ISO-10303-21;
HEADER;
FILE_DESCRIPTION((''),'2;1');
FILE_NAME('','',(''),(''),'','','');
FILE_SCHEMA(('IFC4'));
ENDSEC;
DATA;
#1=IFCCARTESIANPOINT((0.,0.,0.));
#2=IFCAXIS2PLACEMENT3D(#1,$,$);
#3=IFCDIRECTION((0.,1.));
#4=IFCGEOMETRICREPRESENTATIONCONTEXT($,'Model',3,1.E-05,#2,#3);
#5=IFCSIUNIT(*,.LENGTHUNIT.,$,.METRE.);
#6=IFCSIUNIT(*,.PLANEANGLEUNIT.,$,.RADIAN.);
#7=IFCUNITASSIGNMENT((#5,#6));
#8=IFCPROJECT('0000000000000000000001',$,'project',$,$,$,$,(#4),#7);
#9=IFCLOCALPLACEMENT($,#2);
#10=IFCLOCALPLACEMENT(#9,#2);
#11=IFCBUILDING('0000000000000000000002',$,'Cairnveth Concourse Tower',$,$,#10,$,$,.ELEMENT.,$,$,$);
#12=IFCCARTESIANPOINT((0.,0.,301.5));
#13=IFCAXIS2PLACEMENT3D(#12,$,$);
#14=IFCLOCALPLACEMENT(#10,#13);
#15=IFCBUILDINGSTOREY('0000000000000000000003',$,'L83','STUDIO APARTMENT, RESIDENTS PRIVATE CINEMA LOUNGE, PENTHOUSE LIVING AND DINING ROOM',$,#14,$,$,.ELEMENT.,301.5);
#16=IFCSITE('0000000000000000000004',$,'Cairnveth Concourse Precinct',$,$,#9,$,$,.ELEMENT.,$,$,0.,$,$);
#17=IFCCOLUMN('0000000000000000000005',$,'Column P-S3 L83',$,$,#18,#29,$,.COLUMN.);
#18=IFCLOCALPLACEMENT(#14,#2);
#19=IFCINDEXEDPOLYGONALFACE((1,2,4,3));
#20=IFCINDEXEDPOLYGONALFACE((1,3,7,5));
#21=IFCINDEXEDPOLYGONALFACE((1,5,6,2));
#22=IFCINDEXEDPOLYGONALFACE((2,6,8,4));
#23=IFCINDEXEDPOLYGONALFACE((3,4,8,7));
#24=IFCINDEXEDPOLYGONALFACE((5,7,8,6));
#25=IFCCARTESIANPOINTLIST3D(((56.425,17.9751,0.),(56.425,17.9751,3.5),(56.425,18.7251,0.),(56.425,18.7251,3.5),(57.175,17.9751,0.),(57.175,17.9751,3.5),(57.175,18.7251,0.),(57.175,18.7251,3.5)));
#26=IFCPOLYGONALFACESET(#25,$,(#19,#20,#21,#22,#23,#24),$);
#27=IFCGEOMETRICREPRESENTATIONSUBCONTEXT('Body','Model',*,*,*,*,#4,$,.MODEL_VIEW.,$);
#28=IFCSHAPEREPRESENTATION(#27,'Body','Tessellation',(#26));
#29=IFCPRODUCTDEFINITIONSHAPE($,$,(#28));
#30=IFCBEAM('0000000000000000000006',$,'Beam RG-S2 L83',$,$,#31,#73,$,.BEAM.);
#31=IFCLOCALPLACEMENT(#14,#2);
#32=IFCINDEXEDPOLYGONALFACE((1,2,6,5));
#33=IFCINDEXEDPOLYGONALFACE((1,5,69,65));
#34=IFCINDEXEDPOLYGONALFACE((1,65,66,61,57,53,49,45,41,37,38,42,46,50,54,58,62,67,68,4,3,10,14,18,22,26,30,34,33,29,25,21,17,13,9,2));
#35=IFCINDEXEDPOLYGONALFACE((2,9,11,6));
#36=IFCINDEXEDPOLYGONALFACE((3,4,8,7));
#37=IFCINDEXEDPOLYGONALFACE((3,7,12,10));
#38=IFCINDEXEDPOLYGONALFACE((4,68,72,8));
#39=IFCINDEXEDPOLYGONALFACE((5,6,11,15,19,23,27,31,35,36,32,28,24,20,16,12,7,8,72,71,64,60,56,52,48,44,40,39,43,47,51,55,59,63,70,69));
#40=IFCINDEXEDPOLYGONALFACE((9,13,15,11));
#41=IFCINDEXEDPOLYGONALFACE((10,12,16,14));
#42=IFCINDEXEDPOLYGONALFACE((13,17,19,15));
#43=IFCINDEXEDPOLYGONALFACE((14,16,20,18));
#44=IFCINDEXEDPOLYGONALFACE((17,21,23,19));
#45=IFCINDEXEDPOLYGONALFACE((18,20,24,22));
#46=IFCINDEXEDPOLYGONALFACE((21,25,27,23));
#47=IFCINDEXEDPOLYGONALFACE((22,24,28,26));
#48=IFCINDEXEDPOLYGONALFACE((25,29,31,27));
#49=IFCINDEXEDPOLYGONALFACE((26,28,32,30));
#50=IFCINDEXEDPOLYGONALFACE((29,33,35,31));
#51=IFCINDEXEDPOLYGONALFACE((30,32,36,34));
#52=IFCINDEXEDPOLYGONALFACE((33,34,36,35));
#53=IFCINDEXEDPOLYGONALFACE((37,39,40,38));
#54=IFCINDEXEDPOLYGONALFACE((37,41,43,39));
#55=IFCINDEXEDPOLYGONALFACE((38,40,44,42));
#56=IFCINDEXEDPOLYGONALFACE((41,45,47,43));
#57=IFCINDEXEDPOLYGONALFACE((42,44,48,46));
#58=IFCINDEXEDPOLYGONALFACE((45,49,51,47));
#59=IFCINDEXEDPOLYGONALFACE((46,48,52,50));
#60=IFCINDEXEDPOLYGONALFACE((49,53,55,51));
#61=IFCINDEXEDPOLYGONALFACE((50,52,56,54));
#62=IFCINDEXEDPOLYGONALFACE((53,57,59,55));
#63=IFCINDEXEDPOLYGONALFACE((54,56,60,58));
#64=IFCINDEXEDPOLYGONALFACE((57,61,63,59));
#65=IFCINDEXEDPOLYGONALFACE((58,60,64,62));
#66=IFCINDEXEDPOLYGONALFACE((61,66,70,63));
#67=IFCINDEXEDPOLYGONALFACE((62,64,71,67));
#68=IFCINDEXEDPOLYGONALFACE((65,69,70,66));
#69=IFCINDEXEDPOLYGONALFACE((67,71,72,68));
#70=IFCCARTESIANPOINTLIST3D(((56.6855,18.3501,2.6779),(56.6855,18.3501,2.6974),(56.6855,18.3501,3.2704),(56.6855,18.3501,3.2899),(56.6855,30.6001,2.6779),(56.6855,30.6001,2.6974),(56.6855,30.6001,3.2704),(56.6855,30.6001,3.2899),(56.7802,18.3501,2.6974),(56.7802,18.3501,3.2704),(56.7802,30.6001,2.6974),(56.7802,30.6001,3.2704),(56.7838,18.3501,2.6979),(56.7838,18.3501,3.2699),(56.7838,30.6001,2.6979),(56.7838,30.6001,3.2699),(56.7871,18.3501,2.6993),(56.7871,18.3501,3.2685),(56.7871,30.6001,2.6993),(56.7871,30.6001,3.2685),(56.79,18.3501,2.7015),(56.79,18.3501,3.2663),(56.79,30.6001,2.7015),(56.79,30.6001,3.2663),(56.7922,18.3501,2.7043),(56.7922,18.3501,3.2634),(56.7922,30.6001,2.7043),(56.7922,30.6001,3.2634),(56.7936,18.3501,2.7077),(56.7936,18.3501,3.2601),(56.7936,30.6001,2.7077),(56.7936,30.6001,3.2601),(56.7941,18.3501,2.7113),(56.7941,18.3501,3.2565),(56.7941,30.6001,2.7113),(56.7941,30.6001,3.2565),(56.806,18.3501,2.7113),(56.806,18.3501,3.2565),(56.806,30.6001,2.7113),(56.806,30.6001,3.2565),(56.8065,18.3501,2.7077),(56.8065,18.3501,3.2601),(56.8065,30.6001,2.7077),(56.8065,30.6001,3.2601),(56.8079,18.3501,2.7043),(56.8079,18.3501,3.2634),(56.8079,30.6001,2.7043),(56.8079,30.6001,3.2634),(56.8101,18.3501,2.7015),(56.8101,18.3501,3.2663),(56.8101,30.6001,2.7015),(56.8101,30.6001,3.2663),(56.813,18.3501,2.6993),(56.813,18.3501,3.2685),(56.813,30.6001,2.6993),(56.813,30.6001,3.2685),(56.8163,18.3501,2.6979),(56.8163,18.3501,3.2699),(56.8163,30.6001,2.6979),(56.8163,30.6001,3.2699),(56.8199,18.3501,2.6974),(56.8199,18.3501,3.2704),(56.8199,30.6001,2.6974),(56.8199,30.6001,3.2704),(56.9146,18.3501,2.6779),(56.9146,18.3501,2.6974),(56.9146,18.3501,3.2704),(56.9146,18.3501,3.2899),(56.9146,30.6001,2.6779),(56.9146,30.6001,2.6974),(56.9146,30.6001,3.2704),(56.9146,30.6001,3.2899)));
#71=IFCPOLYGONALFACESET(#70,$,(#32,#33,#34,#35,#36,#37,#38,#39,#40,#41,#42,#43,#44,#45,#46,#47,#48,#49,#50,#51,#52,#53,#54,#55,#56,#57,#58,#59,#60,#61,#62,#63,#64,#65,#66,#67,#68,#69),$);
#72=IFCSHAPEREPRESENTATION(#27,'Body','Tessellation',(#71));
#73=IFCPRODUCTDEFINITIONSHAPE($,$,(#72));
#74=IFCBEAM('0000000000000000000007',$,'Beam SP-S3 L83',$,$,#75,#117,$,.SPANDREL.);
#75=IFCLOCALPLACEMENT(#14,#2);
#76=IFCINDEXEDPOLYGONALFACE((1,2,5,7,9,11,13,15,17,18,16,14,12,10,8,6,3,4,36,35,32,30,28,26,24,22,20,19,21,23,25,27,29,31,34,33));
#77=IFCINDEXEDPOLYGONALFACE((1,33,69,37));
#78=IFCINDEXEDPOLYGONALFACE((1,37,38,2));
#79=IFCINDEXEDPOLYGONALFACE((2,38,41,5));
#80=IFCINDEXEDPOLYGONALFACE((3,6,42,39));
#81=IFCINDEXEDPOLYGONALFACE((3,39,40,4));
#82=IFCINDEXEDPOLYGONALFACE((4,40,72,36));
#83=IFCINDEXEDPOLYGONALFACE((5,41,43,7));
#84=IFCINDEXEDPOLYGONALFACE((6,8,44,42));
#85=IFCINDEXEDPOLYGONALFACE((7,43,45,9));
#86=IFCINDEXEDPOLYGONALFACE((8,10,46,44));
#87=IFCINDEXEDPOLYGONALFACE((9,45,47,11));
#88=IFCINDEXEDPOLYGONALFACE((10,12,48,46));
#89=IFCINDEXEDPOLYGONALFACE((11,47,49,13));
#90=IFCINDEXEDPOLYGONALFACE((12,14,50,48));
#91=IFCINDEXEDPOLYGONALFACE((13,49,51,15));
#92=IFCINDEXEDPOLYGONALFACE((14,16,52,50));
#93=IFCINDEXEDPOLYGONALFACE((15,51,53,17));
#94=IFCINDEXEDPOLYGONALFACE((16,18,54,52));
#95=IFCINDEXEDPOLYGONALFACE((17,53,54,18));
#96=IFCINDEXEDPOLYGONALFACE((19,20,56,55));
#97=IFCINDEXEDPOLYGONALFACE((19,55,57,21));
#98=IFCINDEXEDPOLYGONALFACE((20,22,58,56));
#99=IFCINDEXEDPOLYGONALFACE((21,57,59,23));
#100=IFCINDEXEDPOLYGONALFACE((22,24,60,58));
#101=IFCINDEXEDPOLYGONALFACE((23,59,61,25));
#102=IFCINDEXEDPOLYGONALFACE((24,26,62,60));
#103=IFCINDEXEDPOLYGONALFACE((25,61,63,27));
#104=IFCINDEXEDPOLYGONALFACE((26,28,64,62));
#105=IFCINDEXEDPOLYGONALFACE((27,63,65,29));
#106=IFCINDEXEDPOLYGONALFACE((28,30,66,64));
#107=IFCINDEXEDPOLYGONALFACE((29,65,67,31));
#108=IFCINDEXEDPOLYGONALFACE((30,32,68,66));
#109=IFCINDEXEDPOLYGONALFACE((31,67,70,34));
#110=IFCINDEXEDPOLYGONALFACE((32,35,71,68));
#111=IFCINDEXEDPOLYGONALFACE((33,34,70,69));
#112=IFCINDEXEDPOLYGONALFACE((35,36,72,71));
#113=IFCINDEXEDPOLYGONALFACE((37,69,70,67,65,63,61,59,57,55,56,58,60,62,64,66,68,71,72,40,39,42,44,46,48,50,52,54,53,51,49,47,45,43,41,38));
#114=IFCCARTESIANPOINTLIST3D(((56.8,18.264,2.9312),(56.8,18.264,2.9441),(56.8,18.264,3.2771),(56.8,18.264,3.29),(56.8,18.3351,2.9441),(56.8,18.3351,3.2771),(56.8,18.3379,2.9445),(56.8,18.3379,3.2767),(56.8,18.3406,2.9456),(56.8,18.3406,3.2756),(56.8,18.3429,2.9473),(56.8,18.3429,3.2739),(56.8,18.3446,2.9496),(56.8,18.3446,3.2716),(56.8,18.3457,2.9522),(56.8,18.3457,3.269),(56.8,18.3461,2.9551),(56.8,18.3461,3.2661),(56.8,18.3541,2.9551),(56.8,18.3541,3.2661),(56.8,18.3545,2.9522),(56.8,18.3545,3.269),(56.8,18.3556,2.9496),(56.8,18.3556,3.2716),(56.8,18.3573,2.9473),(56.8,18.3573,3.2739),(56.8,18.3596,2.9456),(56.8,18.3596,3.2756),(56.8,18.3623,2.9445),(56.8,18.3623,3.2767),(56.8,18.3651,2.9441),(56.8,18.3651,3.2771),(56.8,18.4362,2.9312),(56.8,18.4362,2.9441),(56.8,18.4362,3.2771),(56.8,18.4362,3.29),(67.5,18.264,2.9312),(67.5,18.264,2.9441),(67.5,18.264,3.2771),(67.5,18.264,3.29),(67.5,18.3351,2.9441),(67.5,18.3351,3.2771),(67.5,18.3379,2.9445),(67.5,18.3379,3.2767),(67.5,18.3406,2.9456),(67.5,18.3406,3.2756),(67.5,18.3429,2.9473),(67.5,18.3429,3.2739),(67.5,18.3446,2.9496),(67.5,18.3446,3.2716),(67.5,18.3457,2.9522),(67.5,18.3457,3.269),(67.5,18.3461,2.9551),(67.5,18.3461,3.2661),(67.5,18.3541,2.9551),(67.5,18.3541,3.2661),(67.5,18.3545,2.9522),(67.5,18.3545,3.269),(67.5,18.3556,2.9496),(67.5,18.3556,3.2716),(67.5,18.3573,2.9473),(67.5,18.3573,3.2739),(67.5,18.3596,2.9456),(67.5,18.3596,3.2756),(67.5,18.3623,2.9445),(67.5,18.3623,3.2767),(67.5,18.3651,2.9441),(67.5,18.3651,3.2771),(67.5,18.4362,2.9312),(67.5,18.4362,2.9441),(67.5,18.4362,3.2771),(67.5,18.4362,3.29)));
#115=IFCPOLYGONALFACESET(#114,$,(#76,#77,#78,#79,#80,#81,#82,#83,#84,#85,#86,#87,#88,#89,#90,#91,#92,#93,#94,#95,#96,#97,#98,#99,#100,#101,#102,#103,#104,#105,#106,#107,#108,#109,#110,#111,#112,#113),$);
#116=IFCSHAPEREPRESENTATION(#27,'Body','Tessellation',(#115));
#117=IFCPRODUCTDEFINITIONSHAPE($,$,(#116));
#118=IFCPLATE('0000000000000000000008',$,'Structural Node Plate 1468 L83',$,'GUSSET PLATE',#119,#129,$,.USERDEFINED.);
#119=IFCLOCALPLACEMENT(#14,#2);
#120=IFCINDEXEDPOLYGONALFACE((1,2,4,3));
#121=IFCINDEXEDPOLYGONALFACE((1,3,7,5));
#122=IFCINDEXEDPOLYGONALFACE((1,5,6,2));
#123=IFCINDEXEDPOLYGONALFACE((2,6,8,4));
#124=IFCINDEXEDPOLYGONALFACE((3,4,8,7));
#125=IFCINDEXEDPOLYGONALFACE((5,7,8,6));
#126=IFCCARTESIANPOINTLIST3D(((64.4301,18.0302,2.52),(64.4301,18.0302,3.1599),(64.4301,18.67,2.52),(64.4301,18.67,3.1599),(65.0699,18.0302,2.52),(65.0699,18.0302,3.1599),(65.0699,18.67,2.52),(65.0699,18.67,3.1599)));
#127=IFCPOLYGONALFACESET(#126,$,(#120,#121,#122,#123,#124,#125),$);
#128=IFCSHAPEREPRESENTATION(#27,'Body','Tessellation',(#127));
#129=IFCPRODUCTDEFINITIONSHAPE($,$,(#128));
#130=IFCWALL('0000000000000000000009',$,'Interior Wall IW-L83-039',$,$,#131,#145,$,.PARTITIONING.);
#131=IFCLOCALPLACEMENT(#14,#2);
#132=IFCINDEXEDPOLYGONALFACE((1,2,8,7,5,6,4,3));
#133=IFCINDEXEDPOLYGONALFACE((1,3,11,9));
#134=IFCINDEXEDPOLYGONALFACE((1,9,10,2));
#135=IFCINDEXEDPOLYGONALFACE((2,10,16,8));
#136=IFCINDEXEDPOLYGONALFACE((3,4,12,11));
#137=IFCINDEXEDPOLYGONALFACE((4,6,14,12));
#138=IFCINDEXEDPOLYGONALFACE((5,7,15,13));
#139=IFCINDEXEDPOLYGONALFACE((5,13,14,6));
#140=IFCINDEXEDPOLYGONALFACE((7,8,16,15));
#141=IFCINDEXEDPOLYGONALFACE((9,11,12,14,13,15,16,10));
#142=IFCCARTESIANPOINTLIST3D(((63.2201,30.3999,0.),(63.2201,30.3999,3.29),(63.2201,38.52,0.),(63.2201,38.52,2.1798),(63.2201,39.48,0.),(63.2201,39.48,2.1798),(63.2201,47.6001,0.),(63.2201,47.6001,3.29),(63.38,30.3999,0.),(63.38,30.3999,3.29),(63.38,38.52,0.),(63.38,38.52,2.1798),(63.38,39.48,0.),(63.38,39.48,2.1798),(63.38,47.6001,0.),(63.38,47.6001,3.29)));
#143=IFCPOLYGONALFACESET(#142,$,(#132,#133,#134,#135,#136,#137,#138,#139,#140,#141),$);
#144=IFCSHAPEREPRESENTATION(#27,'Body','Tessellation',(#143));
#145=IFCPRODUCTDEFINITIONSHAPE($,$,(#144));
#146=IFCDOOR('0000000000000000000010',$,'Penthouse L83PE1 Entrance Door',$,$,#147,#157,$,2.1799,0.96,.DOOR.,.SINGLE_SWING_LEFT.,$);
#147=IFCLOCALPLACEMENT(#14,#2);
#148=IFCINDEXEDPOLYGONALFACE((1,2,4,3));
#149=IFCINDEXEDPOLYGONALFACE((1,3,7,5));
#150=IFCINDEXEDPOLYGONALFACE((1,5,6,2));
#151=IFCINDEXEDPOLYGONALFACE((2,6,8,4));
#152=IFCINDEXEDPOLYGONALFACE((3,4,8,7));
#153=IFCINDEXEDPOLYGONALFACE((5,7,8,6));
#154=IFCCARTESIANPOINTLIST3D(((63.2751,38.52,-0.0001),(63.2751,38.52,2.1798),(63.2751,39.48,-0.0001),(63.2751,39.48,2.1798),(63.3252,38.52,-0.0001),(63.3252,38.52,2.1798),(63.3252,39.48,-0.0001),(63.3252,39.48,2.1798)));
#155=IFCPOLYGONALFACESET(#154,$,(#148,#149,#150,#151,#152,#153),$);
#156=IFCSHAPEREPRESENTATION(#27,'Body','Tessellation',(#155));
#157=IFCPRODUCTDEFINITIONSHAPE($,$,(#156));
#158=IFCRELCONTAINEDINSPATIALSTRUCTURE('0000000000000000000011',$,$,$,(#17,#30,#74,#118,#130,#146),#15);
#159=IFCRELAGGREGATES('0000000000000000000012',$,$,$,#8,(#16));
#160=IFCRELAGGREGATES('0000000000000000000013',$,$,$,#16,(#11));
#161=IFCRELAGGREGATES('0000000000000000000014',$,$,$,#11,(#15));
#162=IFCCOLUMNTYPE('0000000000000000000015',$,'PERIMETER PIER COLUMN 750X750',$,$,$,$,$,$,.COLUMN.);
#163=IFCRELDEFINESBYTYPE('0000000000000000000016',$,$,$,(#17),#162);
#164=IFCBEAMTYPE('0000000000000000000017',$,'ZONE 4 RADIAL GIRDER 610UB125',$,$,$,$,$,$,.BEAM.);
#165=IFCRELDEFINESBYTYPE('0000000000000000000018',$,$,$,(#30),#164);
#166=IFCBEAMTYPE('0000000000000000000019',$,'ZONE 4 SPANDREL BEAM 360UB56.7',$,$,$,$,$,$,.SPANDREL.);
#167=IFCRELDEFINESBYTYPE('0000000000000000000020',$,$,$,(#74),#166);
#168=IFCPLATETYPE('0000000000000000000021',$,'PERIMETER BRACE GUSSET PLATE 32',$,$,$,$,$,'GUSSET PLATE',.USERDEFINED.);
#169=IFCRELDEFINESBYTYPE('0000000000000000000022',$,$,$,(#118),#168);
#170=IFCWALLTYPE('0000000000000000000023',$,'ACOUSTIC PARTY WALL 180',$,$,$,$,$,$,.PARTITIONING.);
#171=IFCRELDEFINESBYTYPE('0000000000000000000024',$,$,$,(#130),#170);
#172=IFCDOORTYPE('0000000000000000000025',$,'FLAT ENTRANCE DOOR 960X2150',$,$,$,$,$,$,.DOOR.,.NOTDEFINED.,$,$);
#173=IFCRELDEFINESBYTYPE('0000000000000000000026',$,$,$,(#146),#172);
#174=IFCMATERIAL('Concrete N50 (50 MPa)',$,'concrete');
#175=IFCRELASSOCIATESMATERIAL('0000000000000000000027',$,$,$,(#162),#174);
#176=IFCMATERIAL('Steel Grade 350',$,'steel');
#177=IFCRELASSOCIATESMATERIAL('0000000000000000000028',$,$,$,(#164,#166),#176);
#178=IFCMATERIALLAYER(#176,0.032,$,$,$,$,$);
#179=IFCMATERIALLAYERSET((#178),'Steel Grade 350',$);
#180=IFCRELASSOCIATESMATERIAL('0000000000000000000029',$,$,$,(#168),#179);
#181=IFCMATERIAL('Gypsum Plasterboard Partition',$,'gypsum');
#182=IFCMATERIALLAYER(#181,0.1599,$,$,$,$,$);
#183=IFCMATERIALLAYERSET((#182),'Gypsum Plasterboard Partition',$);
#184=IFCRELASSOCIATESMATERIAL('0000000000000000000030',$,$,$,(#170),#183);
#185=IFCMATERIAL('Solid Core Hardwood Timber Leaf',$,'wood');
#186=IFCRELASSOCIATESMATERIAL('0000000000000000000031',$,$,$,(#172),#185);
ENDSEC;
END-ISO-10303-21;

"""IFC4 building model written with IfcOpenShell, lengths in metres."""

from ifc_helpers import new_model, si_unit, direction, frame, frame_2d, origin, origin_2d, place, context, subcontext, project, spatial, rectangle, i_section, extrude, material, layer, layer_set, material_profile, profile_set, type_object, element, fill, save


model = new_model("IFC4")

# Units and contexts
model_context = context("Model", 3, precision=1e-05, world=origin(), true_north=direction((0.0, 1.0)))
body_context = subcontext(model_context, "Body", "Model", "MODEL_VIEW")
ifc_project = project(units=[si_unit("LENGTHUNIT", "METRE"), si_unit("PLANEANGLEUNIT", "RADIAN")], contexts=[model_context])

# Site, building, storey
site_placement = place(None, origin())
site = spatial("IfcSite", under=ifc_project, at=site_placement, Name="Cairnveth Concourse Precinct", CompositionType="ELEMENT", RefElevation=0.0)
building_placement = place(site_placement, origin())
building = spatial("IfcBuilding", under=site, at=building_placement, Name="Cairnveth Concourse Tower", CompositionType="ELEMENT")
storey_placement = place(building_placement, frame((0.0, 0.0, 301.5)))
storey = spatial("IfcBuildingStorey", under=building, at=storey_placement, Name="L83", Description="STUDIO APARTMENT, RESIDENTS PRIVATE CINEMA LOUNGE, PENTHOUSE LIVING AND DINING ROOM", CompositionType="ELEMENT", Elevation=301.5)

# Column
ifc_material_1 = material(Name="Concrete N50 (50 MPa)", Category="concrete")
ifc_material_profile_1 = material_profile(ifc_material_1, rectangle(XDim=0.75, YDim=0.75, at=origin_2d()), Name="RC-COL-750x750")
ifc_profile_set_1 = profile_set([ifc_material_profile_1], Name="Concrete N50 (50 MPa)")
column_type = type_object("IfcColumnType", Name="PERIMETER PIER COLUMN 750X750", PredefinedType="COLUMN", material=ifc_profile_set_1)
column_placement = place(storey_placement, frame((56.8, 18.3501, 0.0), z_axis=(0.0, 0.0, 1.0), x_axis=(1.0, 0.0, 0.0)))
element("IfcColumn", 1, at=column_placement, inside=storey, type_object=column_type, Name="Column P-S3 L83", PredefinedType="COLUMN", context=body_context, shape_type="SweptSolid", body=[
    extrude(rectangle(XDim=0.75, YDim=0.75, at=origin_2d()), origin(), (0.0, 0.0, 1.0), 3.5),
])

# Beams
ifc_material_2 = material(Name="Steel Grade 350", Category="steel")
ifc_material_profile_2 = material_profile(ifc_material_2, i_section(OverallWidth=0.229, OverallDepth=0.6121, WebThickness=0.012, FlangeThickness=0.0195, FilletRadius=0.0139, at=origin_2d()), Name="610UB125")
ifc_profile_set_2 = profile_set([ifc_material_profile_2], Name="Steel Grade 350")
beam_type_1 = type_object("IfcBeamType", Name="ZONE 4 RADIAL GIRDER 610UB125", PredefinedType="BEAM", material=ifc_profile_set_2)
beam_1_placement = place(storey_placement, frame((56.8, 18.3501, 2.9839), z_axis=(0.0, 1.0, 0.0), x_axis=(-1.0, 0.0, 0.0)))
element("IfcBeam", 2, at=beam_1_placement, inside=storey, type_object=beam_type_1, Name="Beam RG-S2 L83", PredefinedType="BEAM", context=body_context, shape_type="SweptSolid", body=[
    extrude(i_section(OverallWidth=0.229, OverallDepth=0.6121, WebThickness=0.012, FlangeThickness=0.0195, FilletRadius=0.0139, at=origin_2d()), origin(), (0.0, 0.0, 1.0), 12.25),
])
ifc_material_profile_3 = material_profile(ifc_material_2, i_section(OverallWidth=0.1721, OverallDepth=0.3589, WebThickness=0.0081, FlangeThickness=0.0129, FilletRadius=0.011, at=origin_2d()), Name="360UB56.7")
ifc_profile_set_3 = profile_set([ifc_material_profile_3], Name="Steel Grade 350")
beam_type_2 = type_object("IfcBeamType", Name="ZONE 4 SPANDREL BEAM 360UB56.7", PredefinedType="SPANDREL", material=ifc_profile_set_3)
beam_2_placement = place(storey_placement, frame((56.8, 18.3501, 3.1106), z_axis=(1.0, 0.0, 0.0), x_axis=(0.0, 1.0, 0.0)))
element("IfcBeam", 3, at=beam_2_placement, inside=storey, type_object=beam_type_2, Name="Beam SP-S3 L83", PredefinedType="SPANDREL", context=body_context, shape_type="SweptSolid", body=[
    extrude(i_section(OverallWidth=0.1721, OverallDepth=0.3589, WebThickness=0.0081, FlangeThickness=0.0129, FilletRadius=0.011, at=origin_2d()), origin(), (0.0, 0.0, 1.0), 10.7),
])

# Plate
ifc_layer_1 = layer(ifc_material_2, 0.032)
ifc_layer_set_1 = layer_set([ifc_layer_1], Name="Steel Grade 350")
plate_type = type_object("IfcPlateType", Name="PERIMETER BRACE GUSSET PLATE 32", ElementType="GUSSET PLATE", PredefinedType="USERDEFINED", material=ifc_layer_set_1)
plate_placement = place(storey_placement, frame((64.75, 18.3501, 2.52), z_axis=(0.0, 0.0, 1.0), x_axis=(1.0, 0.0, 0.0)))
element("IfcPlate", 4, at=plate_placement, inside=storey, type_object=plate_type, Name="Structural Node Plate 1468 L83", ObjectType="GUSSET PLATE", PredefinedType="USERDEFINED", context=body_context, shape_type="SweptSolid", body=[
    extrude(rectangle(XDim=0.6399, YDim=0.6399, at=origin_2d()), origin(), (0.0, 0.0, 1.0), 0.6399),
])

# Wall, opening, door
ifc_material_3 = material(Name="Gypsum Plasterboard Partition", Category="gypsum")
ifc_layer_2 = layer(ifc_material_3, 0.1599)
ifc_layer_set_2 = layer_set([ifc_layer_2], Name="Gypsum Plasterboard Partition")
wall_type_1 = type_object("IfcWallType", Name="ACOUSTIC PARTY WALL 180", PredefinedType="PARTITIONING", material=ifc_layer_set_2)
wall_1_placement = place(storey_placement, frame((63.3, 30.3999, 0.0), z_axis=(0.0, 0.0, 1.0), x_axis=(0.0, 1.0, 0.0)))
wall_1 = element("IfcWall", 5, at=wall_1_placement, inside=storey, type_object=wall_type_1, Name="Interior Wall IW-L83-039", PredefinedType="PARTITIONING", context=body_context, shape_type="SweptSolid", body=[
    extrude(rectangle(XDim=17.2002, YDim=0.1599, at=frame_2d((8.6001, 0.0))), origin(), (0.0, 0.0, 1.0), 3.29),
])
opening_1_placement = place(wall_1_placement, frame((8.1201, 0.0, 0.0)))
opening_1 = element("IfcOpeningElement", 6, at=opening_1_placement, cuts=wall_1, PredefinedType="OPENING", context=body_context, shape_type="SweptSolid", body=[
    extrude(rectangle(XDim=0.96, YDim=2.1799, at=frame_2d((0.48, 1.0898))), frame((0.0, 0.0898, 0.0), z_axis=(0.0, -1.0, 0.0), x_axis=(1.0, 0.0, 0.0)), (0.0, 0.0, 1.0), 0.1799),
])
ifc_material_4 = material(Name="Solid Core Hardwood Timber Leaf", Category="wood")
door_type_1 = type_object("IfcDoorType", Name="FLAT ENTRANCE DOOR 960X2150", OperationType="NOTDEFINED", PredefinedType="DOOR", material=ifc_material_4)
door_1_placement = place(opening_1_placement, origin())
door_1 = element("IfcDoor", 7, at=door_1_placement, inside=storey, type_object=door_type_1, Name="Penthouse L83PE1 Entrance Door", OperationType="SINGLE_SWING_LEFT", OverallHeight=2.1799, OverallWidth=0.96, PredefinedType="DOOR", context=body_context, shape_type="SweptSolid", body=[
    extrude(rectangle(XDim=0.96, YDim=2.1799, at=frame_2d((0.48, 1.0898))), frame((0.0, 0.0249, 0.0), z_axis=(0.0, -1.0, 0.0), x_axis=(1.0, 0.0, 0.0)), (0.0, 0.0, 1.0), 0.05),
])
fill(opening_1, door_1)

save(model, "model.ifc")
